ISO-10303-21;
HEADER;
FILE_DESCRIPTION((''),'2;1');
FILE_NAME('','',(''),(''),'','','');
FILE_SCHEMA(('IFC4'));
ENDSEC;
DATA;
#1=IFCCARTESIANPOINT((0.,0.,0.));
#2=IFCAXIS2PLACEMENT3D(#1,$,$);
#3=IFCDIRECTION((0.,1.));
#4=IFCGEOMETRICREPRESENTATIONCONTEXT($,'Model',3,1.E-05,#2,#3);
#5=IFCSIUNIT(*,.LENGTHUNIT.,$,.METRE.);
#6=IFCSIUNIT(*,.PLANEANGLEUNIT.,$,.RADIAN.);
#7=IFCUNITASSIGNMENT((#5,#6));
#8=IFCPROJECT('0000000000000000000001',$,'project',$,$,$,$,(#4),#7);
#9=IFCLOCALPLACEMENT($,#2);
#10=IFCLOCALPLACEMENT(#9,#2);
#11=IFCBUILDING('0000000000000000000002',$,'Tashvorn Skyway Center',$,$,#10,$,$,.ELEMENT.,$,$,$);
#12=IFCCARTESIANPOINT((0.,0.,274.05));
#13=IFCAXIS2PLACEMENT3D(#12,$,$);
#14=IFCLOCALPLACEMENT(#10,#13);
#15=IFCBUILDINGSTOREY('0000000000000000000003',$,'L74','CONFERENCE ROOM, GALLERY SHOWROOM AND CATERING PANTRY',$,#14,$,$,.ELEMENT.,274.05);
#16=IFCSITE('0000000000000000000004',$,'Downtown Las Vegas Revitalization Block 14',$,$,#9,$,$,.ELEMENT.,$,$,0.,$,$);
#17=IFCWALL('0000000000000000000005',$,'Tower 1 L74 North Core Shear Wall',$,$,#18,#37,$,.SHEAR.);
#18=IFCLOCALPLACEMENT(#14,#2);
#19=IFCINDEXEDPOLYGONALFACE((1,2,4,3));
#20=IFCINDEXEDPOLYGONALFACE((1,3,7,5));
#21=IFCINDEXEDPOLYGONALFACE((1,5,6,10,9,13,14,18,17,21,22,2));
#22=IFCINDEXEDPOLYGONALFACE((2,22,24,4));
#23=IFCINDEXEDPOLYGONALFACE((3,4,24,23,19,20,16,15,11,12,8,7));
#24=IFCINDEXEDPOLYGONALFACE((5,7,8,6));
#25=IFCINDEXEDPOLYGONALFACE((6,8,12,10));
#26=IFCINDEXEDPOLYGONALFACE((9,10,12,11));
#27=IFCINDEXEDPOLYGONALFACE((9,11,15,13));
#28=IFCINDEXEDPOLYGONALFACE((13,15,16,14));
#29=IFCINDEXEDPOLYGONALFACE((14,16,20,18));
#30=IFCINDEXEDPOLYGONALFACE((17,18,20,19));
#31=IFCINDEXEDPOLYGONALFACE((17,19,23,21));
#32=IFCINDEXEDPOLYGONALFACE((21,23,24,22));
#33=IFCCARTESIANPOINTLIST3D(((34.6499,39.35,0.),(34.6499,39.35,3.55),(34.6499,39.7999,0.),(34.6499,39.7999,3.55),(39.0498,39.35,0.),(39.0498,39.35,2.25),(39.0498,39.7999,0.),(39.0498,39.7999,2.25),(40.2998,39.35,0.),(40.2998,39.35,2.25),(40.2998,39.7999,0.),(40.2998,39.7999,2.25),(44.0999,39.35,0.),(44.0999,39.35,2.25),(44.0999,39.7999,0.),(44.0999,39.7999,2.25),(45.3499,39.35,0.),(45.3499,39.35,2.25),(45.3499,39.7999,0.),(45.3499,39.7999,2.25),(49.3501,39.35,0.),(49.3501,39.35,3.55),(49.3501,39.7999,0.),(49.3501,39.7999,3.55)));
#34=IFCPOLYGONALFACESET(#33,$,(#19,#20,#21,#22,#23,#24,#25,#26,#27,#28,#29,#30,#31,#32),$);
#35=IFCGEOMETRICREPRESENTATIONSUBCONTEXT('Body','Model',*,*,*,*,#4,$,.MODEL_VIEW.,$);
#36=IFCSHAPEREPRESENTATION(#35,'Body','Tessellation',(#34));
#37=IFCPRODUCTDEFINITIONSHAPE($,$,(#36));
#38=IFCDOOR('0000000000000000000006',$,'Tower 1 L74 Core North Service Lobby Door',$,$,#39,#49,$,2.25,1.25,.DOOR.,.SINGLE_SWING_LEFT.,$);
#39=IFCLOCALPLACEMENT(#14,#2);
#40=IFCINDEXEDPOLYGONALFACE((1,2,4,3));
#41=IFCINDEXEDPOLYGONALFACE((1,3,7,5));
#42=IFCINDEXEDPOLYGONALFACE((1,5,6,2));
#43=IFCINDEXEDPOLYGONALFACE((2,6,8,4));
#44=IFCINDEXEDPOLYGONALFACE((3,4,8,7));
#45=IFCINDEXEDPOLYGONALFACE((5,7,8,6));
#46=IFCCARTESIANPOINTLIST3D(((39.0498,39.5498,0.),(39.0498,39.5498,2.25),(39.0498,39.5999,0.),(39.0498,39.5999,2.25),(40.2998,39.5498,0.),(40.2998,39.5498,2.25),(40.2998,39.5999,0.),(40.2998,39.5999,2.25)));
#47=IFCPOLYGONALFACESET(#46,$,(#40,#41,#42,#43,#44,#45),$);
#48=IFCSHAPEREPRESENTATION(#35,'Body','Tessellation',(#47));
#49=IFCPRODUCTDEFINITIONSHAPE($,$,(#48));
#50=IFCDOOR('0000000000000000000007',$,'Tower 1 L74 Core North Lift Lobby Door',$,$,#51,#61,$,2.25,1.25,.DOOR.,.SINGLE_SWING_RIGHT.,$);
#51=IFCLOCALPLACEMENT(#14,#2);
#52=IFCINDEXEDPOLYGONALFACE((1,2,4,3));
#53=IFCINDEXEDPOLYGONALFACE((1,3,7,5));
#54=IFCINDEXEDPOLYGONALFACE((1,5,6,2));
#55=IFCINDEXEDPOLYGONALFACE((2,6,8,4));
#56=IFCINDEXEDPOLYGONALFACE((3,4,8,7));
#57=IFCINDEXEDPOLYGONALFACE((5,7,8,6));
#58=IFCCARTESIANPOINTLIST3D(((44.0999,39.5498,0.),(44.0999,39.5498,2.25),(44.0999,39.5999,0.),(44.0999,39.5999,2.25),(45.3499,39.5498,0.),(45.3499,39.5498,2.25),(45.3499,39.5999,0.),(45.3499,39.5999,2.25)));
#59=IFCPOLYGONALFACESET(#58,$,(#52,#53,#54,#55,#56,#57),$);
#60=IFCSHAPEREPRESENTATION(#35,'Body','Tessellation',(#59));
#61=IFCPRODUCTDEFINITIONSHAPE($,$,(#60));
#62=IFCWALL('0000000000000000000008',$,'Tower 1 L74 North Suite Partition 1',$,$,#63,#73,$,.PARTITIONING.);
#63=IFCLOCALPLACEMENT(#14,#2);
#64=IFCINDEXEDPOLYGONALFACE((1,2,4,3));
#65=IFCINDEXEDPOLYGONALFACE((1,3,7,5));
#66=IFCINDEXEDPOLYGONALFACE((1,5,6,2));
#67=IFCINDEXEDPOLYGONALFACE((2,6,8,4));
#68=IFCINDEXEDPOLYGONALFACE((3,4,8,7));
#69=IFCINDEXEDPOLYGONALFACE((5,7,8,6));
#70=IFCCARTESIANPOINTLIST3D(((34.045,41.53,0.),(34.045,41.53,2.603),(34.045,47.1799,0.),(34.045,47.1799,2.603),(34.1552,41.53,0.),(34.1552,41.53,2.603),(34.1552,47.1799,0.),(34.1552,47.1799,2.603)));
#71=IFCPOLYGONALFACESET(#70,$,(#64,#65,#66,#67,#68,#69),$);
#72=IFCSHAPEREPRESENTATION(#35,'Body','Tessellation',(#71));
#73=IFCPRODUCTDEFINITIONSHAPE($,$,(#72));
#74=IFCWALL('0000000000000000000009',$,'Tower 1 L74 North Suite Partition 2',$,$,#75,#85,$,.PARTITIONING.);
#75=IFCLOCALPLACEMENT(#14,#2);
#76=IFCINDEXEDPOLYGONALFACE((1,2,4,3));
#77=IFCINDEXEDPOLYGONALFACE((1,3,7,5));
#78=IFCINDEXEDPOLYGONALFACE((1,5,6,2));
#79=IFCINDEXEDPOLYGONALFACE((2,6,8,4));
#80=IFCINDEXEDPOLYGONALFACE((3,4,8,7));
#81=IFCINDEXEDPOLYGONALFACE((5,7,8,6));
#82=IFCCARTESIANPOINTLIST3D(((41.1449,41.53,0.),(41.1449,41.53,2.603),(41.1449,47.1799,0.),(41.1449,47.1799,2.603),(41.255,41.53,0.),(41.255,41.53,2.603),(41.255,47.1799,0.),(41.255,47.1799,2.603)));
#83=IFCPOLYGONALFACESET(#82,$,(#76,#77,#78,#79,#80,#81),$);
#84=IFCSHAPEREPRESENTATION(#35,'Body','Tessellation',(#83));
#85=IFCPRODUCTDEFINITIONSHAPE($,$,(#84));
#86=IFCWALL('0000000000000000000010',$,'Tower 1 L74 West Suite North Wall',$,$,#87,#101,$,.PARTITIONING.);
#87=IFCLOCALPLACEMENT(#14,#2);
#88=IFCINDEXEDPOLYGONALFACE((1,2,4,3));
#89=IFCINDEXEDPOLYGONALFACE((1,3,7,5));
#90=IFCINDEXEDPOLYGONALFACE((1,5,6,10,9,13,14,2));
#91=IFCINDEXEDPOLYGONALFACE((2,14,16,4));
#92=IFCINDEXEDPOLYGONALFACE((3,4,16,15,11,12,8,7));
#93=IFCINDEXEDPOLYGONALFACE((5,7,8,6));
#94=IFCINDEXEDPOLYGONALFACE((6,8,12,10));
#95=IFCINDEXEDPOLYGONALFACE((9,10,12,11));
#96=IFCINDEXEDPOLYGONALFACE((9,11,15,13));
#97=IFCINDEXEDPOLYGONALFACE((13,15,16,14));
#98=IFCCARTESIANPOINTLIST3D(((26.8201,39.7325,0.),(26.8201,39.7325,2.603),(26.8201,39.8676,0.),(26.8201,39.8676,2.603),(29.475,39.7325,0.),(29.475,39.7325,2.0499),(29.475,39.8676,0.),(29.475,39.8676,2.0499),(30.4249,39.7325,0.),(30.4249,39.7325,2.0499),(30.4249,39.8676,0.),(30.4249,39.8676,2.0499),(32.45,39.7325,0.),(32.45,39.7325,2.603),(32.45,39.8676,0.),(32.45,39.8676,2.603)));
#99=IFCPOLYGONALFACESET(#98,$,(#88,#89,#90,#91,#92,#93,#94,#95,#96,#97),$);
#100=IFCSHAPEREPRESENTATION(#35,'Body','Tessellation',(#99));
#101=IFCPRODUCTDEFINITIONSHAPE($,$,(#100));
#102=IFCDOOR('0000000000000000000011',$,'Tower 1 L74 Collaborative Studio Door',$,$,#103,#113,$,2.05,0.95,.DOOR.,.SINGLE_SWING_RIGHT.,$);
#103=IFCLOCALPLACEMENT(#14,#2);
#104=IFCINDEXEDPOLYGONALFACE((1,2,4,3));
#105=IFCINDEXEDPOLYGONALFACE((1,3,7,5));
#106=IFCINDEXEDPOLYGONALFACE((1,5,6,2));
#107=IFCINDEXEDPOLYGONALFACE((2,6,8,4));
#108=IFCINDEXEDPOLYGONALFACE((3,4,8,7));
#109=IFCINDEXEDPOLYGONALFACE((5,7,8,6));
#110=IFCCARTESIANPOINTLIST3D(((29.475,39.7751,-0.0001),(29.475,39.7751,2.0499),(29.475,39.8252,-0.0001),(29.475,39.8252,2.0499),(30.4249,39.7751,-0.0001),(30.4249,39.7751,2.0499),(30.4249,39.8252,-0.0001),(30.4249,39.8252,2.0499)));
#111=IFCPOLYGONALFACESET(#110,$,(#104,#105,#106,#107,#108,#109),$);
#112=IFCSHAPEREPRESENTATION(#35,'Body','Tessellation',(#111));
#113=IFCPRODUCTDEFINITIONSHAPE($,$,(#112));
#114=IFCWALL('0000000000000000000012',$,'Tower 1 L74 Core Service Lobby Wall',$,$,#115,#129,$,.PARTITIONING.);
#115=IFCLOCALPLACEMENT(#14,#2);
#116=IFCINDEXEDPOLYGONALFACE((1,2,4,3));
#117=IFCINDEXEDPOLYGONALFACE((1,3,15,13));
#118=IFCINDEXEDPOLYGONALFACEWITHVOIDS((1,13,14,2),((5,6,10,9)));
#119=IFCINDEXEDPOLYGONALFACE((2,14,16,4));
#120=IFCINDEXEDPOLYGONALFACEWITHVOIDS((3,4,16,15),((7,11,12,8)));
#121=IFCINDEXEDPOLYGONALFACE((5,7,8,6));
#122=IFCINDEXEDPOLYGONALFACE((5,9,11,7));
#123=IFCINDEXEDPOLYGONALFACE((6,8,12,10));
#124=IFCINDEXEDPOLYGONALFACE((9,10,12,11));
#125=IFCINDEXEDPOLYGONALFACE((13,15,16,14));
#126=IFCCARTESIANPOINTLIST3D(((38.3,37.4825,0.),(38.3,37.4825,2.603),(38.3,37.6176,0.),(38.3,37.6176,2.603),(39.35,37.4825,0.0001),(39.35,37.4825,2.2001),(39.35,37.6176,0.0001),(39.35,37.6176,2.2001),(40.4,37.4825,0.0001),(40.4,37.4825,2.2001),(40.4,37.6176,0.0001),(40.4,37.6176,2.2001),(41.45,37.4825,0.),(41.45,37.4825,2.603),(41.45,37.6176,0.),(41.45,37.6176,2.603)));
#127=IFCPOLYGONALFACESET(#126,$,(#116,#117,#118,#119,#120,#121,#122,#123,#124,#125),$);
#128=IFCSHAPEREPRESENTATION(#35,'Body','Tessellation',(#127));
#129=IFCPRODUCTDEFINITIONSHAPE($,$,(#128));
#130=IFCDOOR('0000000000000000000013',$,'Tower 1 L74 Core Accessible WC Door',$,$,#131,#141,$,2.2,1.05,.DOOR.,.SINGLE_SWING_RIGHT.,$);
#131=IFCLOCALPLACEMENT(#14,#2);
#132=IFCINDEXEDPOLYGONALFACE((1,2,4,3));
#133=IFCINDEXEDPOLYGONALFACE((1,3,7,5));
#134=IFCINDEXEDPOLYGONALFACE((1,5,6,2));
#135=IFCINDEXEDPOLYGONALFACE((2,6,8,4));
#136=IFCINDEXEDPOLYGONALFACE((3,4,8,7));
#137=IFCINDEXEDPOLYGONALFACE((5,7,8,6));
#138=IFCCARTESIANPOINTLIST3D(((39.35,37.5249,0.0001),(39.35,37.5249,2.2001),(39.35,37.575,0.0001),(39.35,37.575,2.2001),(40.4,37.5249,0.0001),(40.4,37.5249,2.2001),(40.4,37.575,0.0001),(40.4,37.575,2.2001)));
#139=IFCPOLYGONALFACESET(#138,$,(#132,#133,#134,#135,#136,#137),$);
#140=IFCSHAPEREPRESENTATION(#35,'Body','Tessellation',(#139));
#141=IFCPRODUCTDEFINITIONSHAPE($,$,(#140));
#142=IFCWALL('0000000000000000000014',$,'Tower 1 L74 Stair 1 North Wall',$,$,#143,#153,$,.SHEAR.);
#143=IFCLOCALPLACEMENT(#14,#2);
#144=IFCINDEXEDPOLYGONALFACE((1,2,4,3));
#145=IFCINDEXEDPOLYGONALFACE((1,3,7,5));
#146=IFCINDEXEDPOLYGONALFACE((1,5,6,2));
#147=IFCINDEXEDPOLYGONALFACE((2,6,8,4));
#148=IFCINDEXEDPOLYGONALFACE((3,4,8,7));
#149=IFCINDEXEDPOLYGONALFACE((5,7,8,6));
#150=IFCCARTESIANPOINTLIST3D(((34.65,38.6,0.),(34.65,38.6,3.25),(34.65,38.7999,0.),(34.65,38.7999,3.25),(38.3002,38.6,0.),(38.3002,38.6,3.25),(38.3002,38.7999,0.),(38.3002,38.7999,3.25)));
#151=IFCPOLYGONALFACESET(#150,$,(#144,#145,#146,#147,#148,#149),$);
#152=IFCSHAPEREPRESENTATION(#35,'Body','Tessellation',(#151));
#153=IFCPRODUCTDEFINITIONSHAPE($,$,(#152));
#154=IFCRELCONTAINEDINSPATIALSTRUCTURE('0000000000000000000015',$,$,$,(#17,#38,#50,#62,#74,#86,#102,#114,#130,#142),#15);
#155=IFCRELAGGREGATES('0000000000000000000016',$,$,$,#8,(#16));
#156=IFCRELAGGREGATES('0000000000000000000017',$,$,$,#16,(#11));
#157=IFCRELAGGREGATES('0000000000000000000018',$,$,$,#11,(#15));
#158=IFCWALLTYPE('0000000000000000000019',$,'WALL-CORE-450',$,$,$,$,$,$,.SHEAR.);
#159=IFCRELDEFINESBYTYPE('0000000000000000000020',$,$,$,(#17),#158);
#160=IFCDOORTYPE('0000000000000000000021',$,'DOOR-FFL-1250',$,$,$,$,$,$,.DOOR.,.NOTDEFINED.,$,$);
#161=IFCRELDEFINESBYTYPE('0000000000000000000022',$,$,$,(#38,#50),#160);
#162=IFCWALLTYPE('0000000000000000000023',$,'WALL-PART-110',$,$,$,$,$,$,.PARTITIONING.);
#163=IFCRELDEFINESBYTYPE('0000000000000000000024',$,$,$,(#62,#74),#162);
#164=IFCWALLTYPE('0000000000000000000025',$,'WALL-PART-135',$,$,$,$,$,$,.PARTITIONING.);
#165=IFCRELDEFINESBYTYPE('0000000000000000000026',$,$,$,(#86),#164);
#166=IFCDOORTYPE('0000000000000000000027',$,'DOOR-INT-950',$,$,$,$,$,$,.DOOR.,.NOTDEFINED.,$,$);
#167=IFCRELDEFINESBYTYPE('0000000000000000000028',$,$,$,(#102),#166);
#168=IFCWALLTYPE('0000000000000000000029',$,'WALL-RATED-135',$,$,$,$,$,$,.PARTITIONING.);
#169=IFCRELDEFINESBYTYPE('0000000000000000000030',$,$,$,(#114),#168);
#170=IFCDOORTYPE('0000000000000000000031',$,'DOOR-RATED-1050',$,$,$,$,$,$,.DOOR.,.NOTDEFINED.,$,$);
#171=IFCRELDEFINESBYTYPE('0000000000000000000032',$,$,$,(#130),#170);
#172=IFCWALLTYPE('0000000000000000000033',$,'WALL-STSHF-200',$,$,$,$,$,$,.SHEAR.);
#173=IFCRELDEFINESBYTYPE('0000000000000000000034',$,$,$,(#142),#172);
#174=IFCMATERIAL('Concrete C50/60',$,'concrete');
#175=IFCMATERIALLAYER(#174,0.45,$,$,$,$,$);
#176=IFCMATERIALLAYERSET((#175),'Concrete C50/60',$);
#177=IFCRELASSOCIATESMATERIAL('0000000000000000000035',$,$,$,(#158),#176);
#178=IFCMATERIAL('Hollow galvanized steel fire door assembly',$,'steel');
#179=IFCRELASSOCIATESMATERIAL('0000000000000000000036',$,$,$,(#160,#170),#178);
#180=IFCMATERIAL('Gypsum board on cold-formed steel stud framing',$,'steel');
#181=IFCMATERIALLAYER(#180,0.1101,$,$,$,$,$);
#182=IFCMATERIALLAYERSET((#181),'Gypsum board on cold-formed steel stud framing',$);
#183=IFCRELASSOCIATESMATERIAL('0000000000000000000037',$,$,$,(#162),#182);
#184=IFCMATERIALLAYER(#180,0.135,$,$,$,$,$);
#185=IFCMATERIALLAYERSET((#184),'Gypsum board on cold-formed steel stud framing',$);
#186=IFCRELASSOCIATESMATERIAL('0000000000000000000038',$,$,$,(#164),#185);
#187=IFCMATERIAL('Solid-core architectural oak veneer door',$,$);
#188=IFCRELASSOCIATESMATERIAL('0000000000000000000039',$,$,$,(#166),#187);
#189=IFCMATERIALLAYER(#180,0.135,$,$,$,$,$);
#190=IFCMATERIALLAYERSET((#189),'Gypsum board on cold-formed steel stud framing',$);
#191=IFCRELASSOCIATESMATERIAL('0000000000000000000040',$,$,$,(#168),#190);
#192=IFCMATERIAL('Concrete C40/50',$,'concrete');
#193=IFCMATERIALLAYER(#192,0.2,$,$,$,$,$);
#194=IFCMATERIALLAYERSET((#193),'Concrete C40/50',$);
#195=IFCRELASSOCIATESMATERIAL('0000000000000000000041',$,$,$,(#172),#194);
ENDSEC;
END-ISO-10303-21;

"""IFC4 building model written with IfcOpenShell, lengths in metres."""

from ifc_helpers import new_model, si_unit, direction, frame, frame_2d, origin, place, context, subcontext, project, spatial, rectangle, extrude, material, layer, layer_set, type_object, element, fill, save


model = new_model("IFC4")

# Units and contexts
model_context = context("Model", 3, precision=1e-05, world=origin(), true_north=direction((0.0, 1.0)))
body_context = subcontext(model_context, "Body", "Model", "MODEL_VIEW")
ifc_project = project(units=[si_unit("LENGTHUNIT", "METRE"), si_unit("PLANEANGLEUNIT", "RADIAN")], contexts=[model_context])

# Site, building, storey
site_placement = place(None, origin())
site = spatial("IfcSite", under=ifc_project, at=site_placement, Name="Downtown Las Vegas Revitalization Block 14", CompositionType="ELEMENT", RefElevation=0.0)
building_placement = place(site_placement, origin())
building = spatial("IfcBuilding", under=site, at=building_placement, Name="Tashvorn Skyway Center", CompositionType="ELEMENT")
storey_placement = place(building_placement, frame((0.0, 0.0, 274.05)))
storey = spatial("IfcBuildingStorey", under=building, at=storey_placement, Name="L74", Description="CONFERENCE ROOM, GALLERY SHOWROOM AND CATERING PANTRY", CompositionType="ELEMENT", Elevation=274.05)

# Wall, openings, doors
ifc_material_1 = material(Name="Concrete C50/60", Category="concrete")
ifc_layer_1 = layer(ifc_material_1, 0.45)
ifc_layer_set_1 = layer_set([ifc_layer_1], Name="Concrete C50/60")
wall_type_1 = type_object("IfcWallType", Name="WALL-CORE-450", PredefinedType="SHEAR", material=ifc_layer_set_1)
wall_1_placement = place(storey_placement, frame((34.6499, 39.575, 0.0), z_axis=(0.0, 0.0, 1.0), x_axis=(1.0, 0.0, 0.0)))
wall_1 = element("IfcWall", 1, at=wall_1_placement, inside=storey, type_object=wall_type_1, Name="Tower 1 L74 North Core Shear Wall", PredefinedType="SHEAR", context=body_context, shape_type="SweptSolid", body=[
    extrude(rectangle(XDim=14.7002, YDim=0.45, at=frame_2d((7.3501, 0.0))), origin(), (0.0, 0.0, 1.0), 3.55),
])
opening_1_placement = place(wall_1_placement, frame((4.3999, 0.0, 0.0)))
opening_1 = element("IfcOpeningElement", 2, at=opening_1_placement, cuts=wall_1, PredefinedType="OPENING", context=body_context, shape_type="SweptSolid", body=[
    extrude(rectangle(XDim=1.25, YDim=2.25, at=frame_2d((0.625, 1.125))), frame((0.0, 0.2349, 0.0), z_axis=(0.0, -1.0, 0.0), x_axis=(1.0, 0.0, 0.0)), (0.0, 0.0, 1.0), 0.47),
])
opening_2_placement = place(wall_1_placement, frame((9.45, 0.0, 0.0)))
opening_2 = element("IfcOpeningElement", 3, at=opening_2_placement, cuts=wall_1, PredefinedType="OPENING", context=body_context, shape_type="SweptSolid", body=[
    extrude(rectangle(XDim=1.25, YDim=2.25, at=frame_2d((0.625, 1.125))), frame((0.0, 0.2349, 0.0), z_axis=(0.0, -1.0, 0.0), x_axis=(1.0, 0.0, 0.0)), (0.0, 0.0, 1.0), 0.47),
])
ifc_material_2 = material(Name="Hollow galvanized steel fire door assembly", Category="steel")
door_type_1 = type_object("IfcDoorType", Name="DOOR-FFL-1250", OperationType="NOTDEFINED", PredefinedType="DOOR", material=ifc_material_2)
door_1_placement = place(opening_1_placement, origin())
door_1 = element("IfcDoor", 4, at=door_1_placement, inside=storey, type_object=door_type_1, Name="Tower 1 L74 Core North Service Lobby Door", OperationType="SINGLE_SWING_LEFT", OverallHeight=2.25, OverallWidth=1.25, PredefinedType="DOOR", context=body_context, shape_type="SweptSolid", body=[
    extrude(rectangle(XDim=1.25, YDim=2.25, at=frame_2d((0.625, 1.125))), frame((0.0, 0.0249, 0.0), z_axis=(0.0, -1.0, 0.0), x_axis=(1.0, 0.0, 0.0)), (0.0, 0.0, 1.0), 0.05),
])
fill(opening_1, door_1)
door_2_placement = place(opening_2_placement, origin())
door_2 = element("IfcDoor", 5, at=door_2_placement, inside=storey, type_object=door_type_1, Name="Tower 1 L74 Core North Lift Lobby Door", OperationType="SINGLE_SWING_RIGHT", OverallHeight=2.25, OverallWidth=1.25, PredefinedType="DOOR", context=body_context, shape_type="SweptSolid", body=[
    extrude(rectangle(XDim=1.25, YDim=2.25, at=frame_2d((0.625, 1.125))), frame((0.0, 0.0249, 0.0), z_axis=(0.0, -1.0, 0.0), x_axis=(1.0, 0.0, 0.0)), (0.0, 0.0, 1.0), 0.05),
])
fill(opening_2, door_2)

# Walls
ifc_material_3 = material(Name="Gypsum board on cold-formed steel stud framing", Category="steel")
ifc_layer_2 = layer(ifc_material_3, 0.1101)
ifc_layer_set_2 = layer_set([ifc_layer_2], Name="Gypsum board on cold-formed steel stud framing")
wall_type_2 = type_object("IfcWallType", Name="WALL-PART-110", PredefinedType="PARTITIONING", material=ifc_layer_set_2)
for number, where, z_axis, x_axis, name in (
    (6, (34.1001, 41.53, 0.0), (0.0, 0.0, 1.0), (0.0, 1.0, 0.0), "Tower 1 L74 North Suite Partition 1"),
    (7, (41.2, 41.53, 0.0), (0.0, 0.0, 1.0), (0.0, 1.0, 0.0), "Tower 1 L74 North Suite Partition 2"),
):
    element("IfcWall", number, at=place(storey_placement, frame(where, z_axis=z_axis, x_axis=x_axis)), inside=storey, type_object=wall_type_2, Name=name, PredefinedType="PARTITIONING", context=body_context, shape_type="SweptSolid", body=[
        extrude(rectangle(XDim=5.6499, YDim=0.1101, at=frame_2d((2.825, 0.0))), origin(), (0.0, 0.0, 1.0), 2.603),
    ])

# Walls, openings, doors
ifc_layer_3 = layer(ifc_material_3, 0.135)
ifc_layer_set_3 = layer_set([ifc_layer_3], Name="Gypsum board on cold-formed steel stud framing")
wall_type_3 = type_object("IfcWallType", Name="WALL-PART-135", PredefinedType="PARTITIONING", material=ifc_layer_set_3)
wall_2_placement = place(storey_placement, frame((32.45, 39.8, 0.0), z_axis=(0.0, 0.0, 1.0), x_axis=(-1.0, 0.0, 0.0)))
wall_2 = element("IfcWall", 8, at=wall_2_placement, inside=storey, type_object=wall_type_3, Name="Tower 1 L74 West Suite North Wall", PredefinedType="PARTITIONING", context=body_context, shape_type="SweptSolid", body=[
    extrude(rectangle(XDim=5.6299, YDim=0.135, at=frame_2d((2.8149, 0.0))), origin(), (0.0, 0.0, 1.0), 2.603),
])
opening_3_placement = place(wall_2_placement, frame((2.0249, 0.0, 0.0)))
opening_3 = element("IfcOpeningElement", 9, at=opening_3_placement, cuts=wall_2, PredefinedType="OPENING", context=body_context, shape_type="SweptSolid", body=[
    extrude(rectangle(XDim=0.95, YDim=2.05, at=frame_2d((0.4751, 1.0249))), frame((0.0, 0.0774, 0.0), z_axis=(0.0, -1.0, 0.0), x_axis=(1.0, 0.0, 0.0)), (0.0, 0.0, 1.0), 0.155),
])
ifc_material_4 = material(Name="Solid-core architectural oak veneer door")
door_type_2 = type_object("IfcDoorType", Name="DOOR-INT-950", OperationType="NOTDEFINED", PredefinedType="DOOR", material=ifc_material_4)
door_3_placement = place(opening_3_placement, origin())
door_3 = element("IfcDoor", 10, at=door_3_placement, inside=storey, type_object=door_type_2, Name="Tower 1 L74 Collaborative Studio Door", OperationType="SINGLE_SWING_RIGHT", OverallHeight=2.05, OverallWidth=0.95, PredefinedType="DOOR", context=body_context, shape_type="SweptSolid", body=[
    extrude(rectangle(XDim=0.95, YDim=2.05, at=frame_2d((0.4751, 1.0249))), frame((0.0, 0.0249, 0.0), z_axis=(0.0, -1.0, 0.0), x_axis=(1.0, 0.0, 0.0)), (0.0, 0.0, 1.0), 0.05),
])
fill(opening_3, door_3)
ifc_layer_4 = layer(ifc_material_3, 0.135)
ifc_layer_set_4 = layer_set([ifc_layer_4], Name="Gypsum board on cold-formed steel stud framing")
wall_type_4 = type_object("IfcWallType", Name="WALL-RATED-135", PredefinedType="PARTITIONING", material=ifc_layer_set_4)
wall_3_placement = place(storey_placement, frame((38.3, 37.55, 0.0), z_axis=(0.0, 0.0, 1.0), x_axis=(1.0, 0.0, 0.0)))
wall_3 = element("IfcWall", 11, at=wall_3_placement, inside=storey, type_object=wall_type_4, Name="Tower 1 L74 Core Service Lobby Wall", PredefinedType="PARTITIONING", context=body_context, shape_type="SweptSolid", body=[
    extrude(rectangle(XDim=3.1499, YDim=0.135, at=frame_2d((1.575, 0.0))), origin(), (0.0, 0.0, 1.0), 2.603),
])
opening_4_placement = place(wall_3_placement, frame((1.05, 0.0, 0.0)))
opening_4 = element("IfcOpeningElement", 12, at=opening_4_placement, cuts=wall_3, PredefinedType="OPENING", context=body_context, shape_type="SweptSolid", body=[
    extrude(rectangle(XDim=1.05, YDim=2.2, at=frame_2d((0.5249, 1.1001))), frame((0.0, 0.0774, 0.0), z_axis=(0.0, -1.0, 0.0), x_axis=(1.0, 0.0, 0.0)), (0.0, 0.0, 1.0), 0.155),
])
door_type_3 = type_object("IfcDoorType", Name="DOOR-RATED-1050", OperationType="NOTDEFINED", PredefinedType="DOOR", material=ifc_material_2)
door_4_placement = place(opening_4_placement, origin())
door_4 = element("IfcDoor", 13, at=door_4_placement, inside=storey, type_object=door_type_3, Name="Tower 1 L74 Core Accessible WC Door", OperationType="SINGLE_SWING_RIGHT", OverallHeight=2.2, OverallWidth=1.05, PredefinedType="DOOR", context=body_context, shape_type="SweptSolid", body=[
    extrude(rectangle(XDim=1.05, YDim=2.2, at=frame_2d((0.5249, 1.1001))), frame((0.0, 0.0249, 0.0), z_axis=(0.0, -1.0, 0.0), x_axis=(1.0, 0.0, 0.0)), (0.0, 0.0, 1.0), 0.05),
])
fill(opening_4, door_4)

# Wall
ifc_material_5 = material(Name="Concrete C40/50", Category="concrete")
ifc_layer_5 = layer(ifc_material_5, 0.2)
ifc_layer_set_5 = layer_set([ifc_layer_5], Name="Concrete C40/50")
wall_type_5 = type_object("IfcWallType", Name="WALL-STSHF-200", PredefinedType="SHEAR", material=ifc_layer_set_5)
wall_4_placement = place(storey_placement, frame((34.6499, 38.7, 0.0), z_axis=(0.0, 0.0, 1.0), x_axis=(1.0, 0.0, 0.0)))
element("IfcWall", 14, at=wall_4_placement, inside=storey, type_object=wall_type_5, Name="Tower 1 L74 Stair 1 North Wall", PredefinedType="SHEAR", context=body_context, shape_type="SweptSolid", body=[
    extrude(rectangle(XDim=3.6501, YDim=0.2, at=frame_2d((1.8252, 0.0))), origin(), (0.0, 0.0, 1.0), 3.25),
])

save(model, "model.ifc")
